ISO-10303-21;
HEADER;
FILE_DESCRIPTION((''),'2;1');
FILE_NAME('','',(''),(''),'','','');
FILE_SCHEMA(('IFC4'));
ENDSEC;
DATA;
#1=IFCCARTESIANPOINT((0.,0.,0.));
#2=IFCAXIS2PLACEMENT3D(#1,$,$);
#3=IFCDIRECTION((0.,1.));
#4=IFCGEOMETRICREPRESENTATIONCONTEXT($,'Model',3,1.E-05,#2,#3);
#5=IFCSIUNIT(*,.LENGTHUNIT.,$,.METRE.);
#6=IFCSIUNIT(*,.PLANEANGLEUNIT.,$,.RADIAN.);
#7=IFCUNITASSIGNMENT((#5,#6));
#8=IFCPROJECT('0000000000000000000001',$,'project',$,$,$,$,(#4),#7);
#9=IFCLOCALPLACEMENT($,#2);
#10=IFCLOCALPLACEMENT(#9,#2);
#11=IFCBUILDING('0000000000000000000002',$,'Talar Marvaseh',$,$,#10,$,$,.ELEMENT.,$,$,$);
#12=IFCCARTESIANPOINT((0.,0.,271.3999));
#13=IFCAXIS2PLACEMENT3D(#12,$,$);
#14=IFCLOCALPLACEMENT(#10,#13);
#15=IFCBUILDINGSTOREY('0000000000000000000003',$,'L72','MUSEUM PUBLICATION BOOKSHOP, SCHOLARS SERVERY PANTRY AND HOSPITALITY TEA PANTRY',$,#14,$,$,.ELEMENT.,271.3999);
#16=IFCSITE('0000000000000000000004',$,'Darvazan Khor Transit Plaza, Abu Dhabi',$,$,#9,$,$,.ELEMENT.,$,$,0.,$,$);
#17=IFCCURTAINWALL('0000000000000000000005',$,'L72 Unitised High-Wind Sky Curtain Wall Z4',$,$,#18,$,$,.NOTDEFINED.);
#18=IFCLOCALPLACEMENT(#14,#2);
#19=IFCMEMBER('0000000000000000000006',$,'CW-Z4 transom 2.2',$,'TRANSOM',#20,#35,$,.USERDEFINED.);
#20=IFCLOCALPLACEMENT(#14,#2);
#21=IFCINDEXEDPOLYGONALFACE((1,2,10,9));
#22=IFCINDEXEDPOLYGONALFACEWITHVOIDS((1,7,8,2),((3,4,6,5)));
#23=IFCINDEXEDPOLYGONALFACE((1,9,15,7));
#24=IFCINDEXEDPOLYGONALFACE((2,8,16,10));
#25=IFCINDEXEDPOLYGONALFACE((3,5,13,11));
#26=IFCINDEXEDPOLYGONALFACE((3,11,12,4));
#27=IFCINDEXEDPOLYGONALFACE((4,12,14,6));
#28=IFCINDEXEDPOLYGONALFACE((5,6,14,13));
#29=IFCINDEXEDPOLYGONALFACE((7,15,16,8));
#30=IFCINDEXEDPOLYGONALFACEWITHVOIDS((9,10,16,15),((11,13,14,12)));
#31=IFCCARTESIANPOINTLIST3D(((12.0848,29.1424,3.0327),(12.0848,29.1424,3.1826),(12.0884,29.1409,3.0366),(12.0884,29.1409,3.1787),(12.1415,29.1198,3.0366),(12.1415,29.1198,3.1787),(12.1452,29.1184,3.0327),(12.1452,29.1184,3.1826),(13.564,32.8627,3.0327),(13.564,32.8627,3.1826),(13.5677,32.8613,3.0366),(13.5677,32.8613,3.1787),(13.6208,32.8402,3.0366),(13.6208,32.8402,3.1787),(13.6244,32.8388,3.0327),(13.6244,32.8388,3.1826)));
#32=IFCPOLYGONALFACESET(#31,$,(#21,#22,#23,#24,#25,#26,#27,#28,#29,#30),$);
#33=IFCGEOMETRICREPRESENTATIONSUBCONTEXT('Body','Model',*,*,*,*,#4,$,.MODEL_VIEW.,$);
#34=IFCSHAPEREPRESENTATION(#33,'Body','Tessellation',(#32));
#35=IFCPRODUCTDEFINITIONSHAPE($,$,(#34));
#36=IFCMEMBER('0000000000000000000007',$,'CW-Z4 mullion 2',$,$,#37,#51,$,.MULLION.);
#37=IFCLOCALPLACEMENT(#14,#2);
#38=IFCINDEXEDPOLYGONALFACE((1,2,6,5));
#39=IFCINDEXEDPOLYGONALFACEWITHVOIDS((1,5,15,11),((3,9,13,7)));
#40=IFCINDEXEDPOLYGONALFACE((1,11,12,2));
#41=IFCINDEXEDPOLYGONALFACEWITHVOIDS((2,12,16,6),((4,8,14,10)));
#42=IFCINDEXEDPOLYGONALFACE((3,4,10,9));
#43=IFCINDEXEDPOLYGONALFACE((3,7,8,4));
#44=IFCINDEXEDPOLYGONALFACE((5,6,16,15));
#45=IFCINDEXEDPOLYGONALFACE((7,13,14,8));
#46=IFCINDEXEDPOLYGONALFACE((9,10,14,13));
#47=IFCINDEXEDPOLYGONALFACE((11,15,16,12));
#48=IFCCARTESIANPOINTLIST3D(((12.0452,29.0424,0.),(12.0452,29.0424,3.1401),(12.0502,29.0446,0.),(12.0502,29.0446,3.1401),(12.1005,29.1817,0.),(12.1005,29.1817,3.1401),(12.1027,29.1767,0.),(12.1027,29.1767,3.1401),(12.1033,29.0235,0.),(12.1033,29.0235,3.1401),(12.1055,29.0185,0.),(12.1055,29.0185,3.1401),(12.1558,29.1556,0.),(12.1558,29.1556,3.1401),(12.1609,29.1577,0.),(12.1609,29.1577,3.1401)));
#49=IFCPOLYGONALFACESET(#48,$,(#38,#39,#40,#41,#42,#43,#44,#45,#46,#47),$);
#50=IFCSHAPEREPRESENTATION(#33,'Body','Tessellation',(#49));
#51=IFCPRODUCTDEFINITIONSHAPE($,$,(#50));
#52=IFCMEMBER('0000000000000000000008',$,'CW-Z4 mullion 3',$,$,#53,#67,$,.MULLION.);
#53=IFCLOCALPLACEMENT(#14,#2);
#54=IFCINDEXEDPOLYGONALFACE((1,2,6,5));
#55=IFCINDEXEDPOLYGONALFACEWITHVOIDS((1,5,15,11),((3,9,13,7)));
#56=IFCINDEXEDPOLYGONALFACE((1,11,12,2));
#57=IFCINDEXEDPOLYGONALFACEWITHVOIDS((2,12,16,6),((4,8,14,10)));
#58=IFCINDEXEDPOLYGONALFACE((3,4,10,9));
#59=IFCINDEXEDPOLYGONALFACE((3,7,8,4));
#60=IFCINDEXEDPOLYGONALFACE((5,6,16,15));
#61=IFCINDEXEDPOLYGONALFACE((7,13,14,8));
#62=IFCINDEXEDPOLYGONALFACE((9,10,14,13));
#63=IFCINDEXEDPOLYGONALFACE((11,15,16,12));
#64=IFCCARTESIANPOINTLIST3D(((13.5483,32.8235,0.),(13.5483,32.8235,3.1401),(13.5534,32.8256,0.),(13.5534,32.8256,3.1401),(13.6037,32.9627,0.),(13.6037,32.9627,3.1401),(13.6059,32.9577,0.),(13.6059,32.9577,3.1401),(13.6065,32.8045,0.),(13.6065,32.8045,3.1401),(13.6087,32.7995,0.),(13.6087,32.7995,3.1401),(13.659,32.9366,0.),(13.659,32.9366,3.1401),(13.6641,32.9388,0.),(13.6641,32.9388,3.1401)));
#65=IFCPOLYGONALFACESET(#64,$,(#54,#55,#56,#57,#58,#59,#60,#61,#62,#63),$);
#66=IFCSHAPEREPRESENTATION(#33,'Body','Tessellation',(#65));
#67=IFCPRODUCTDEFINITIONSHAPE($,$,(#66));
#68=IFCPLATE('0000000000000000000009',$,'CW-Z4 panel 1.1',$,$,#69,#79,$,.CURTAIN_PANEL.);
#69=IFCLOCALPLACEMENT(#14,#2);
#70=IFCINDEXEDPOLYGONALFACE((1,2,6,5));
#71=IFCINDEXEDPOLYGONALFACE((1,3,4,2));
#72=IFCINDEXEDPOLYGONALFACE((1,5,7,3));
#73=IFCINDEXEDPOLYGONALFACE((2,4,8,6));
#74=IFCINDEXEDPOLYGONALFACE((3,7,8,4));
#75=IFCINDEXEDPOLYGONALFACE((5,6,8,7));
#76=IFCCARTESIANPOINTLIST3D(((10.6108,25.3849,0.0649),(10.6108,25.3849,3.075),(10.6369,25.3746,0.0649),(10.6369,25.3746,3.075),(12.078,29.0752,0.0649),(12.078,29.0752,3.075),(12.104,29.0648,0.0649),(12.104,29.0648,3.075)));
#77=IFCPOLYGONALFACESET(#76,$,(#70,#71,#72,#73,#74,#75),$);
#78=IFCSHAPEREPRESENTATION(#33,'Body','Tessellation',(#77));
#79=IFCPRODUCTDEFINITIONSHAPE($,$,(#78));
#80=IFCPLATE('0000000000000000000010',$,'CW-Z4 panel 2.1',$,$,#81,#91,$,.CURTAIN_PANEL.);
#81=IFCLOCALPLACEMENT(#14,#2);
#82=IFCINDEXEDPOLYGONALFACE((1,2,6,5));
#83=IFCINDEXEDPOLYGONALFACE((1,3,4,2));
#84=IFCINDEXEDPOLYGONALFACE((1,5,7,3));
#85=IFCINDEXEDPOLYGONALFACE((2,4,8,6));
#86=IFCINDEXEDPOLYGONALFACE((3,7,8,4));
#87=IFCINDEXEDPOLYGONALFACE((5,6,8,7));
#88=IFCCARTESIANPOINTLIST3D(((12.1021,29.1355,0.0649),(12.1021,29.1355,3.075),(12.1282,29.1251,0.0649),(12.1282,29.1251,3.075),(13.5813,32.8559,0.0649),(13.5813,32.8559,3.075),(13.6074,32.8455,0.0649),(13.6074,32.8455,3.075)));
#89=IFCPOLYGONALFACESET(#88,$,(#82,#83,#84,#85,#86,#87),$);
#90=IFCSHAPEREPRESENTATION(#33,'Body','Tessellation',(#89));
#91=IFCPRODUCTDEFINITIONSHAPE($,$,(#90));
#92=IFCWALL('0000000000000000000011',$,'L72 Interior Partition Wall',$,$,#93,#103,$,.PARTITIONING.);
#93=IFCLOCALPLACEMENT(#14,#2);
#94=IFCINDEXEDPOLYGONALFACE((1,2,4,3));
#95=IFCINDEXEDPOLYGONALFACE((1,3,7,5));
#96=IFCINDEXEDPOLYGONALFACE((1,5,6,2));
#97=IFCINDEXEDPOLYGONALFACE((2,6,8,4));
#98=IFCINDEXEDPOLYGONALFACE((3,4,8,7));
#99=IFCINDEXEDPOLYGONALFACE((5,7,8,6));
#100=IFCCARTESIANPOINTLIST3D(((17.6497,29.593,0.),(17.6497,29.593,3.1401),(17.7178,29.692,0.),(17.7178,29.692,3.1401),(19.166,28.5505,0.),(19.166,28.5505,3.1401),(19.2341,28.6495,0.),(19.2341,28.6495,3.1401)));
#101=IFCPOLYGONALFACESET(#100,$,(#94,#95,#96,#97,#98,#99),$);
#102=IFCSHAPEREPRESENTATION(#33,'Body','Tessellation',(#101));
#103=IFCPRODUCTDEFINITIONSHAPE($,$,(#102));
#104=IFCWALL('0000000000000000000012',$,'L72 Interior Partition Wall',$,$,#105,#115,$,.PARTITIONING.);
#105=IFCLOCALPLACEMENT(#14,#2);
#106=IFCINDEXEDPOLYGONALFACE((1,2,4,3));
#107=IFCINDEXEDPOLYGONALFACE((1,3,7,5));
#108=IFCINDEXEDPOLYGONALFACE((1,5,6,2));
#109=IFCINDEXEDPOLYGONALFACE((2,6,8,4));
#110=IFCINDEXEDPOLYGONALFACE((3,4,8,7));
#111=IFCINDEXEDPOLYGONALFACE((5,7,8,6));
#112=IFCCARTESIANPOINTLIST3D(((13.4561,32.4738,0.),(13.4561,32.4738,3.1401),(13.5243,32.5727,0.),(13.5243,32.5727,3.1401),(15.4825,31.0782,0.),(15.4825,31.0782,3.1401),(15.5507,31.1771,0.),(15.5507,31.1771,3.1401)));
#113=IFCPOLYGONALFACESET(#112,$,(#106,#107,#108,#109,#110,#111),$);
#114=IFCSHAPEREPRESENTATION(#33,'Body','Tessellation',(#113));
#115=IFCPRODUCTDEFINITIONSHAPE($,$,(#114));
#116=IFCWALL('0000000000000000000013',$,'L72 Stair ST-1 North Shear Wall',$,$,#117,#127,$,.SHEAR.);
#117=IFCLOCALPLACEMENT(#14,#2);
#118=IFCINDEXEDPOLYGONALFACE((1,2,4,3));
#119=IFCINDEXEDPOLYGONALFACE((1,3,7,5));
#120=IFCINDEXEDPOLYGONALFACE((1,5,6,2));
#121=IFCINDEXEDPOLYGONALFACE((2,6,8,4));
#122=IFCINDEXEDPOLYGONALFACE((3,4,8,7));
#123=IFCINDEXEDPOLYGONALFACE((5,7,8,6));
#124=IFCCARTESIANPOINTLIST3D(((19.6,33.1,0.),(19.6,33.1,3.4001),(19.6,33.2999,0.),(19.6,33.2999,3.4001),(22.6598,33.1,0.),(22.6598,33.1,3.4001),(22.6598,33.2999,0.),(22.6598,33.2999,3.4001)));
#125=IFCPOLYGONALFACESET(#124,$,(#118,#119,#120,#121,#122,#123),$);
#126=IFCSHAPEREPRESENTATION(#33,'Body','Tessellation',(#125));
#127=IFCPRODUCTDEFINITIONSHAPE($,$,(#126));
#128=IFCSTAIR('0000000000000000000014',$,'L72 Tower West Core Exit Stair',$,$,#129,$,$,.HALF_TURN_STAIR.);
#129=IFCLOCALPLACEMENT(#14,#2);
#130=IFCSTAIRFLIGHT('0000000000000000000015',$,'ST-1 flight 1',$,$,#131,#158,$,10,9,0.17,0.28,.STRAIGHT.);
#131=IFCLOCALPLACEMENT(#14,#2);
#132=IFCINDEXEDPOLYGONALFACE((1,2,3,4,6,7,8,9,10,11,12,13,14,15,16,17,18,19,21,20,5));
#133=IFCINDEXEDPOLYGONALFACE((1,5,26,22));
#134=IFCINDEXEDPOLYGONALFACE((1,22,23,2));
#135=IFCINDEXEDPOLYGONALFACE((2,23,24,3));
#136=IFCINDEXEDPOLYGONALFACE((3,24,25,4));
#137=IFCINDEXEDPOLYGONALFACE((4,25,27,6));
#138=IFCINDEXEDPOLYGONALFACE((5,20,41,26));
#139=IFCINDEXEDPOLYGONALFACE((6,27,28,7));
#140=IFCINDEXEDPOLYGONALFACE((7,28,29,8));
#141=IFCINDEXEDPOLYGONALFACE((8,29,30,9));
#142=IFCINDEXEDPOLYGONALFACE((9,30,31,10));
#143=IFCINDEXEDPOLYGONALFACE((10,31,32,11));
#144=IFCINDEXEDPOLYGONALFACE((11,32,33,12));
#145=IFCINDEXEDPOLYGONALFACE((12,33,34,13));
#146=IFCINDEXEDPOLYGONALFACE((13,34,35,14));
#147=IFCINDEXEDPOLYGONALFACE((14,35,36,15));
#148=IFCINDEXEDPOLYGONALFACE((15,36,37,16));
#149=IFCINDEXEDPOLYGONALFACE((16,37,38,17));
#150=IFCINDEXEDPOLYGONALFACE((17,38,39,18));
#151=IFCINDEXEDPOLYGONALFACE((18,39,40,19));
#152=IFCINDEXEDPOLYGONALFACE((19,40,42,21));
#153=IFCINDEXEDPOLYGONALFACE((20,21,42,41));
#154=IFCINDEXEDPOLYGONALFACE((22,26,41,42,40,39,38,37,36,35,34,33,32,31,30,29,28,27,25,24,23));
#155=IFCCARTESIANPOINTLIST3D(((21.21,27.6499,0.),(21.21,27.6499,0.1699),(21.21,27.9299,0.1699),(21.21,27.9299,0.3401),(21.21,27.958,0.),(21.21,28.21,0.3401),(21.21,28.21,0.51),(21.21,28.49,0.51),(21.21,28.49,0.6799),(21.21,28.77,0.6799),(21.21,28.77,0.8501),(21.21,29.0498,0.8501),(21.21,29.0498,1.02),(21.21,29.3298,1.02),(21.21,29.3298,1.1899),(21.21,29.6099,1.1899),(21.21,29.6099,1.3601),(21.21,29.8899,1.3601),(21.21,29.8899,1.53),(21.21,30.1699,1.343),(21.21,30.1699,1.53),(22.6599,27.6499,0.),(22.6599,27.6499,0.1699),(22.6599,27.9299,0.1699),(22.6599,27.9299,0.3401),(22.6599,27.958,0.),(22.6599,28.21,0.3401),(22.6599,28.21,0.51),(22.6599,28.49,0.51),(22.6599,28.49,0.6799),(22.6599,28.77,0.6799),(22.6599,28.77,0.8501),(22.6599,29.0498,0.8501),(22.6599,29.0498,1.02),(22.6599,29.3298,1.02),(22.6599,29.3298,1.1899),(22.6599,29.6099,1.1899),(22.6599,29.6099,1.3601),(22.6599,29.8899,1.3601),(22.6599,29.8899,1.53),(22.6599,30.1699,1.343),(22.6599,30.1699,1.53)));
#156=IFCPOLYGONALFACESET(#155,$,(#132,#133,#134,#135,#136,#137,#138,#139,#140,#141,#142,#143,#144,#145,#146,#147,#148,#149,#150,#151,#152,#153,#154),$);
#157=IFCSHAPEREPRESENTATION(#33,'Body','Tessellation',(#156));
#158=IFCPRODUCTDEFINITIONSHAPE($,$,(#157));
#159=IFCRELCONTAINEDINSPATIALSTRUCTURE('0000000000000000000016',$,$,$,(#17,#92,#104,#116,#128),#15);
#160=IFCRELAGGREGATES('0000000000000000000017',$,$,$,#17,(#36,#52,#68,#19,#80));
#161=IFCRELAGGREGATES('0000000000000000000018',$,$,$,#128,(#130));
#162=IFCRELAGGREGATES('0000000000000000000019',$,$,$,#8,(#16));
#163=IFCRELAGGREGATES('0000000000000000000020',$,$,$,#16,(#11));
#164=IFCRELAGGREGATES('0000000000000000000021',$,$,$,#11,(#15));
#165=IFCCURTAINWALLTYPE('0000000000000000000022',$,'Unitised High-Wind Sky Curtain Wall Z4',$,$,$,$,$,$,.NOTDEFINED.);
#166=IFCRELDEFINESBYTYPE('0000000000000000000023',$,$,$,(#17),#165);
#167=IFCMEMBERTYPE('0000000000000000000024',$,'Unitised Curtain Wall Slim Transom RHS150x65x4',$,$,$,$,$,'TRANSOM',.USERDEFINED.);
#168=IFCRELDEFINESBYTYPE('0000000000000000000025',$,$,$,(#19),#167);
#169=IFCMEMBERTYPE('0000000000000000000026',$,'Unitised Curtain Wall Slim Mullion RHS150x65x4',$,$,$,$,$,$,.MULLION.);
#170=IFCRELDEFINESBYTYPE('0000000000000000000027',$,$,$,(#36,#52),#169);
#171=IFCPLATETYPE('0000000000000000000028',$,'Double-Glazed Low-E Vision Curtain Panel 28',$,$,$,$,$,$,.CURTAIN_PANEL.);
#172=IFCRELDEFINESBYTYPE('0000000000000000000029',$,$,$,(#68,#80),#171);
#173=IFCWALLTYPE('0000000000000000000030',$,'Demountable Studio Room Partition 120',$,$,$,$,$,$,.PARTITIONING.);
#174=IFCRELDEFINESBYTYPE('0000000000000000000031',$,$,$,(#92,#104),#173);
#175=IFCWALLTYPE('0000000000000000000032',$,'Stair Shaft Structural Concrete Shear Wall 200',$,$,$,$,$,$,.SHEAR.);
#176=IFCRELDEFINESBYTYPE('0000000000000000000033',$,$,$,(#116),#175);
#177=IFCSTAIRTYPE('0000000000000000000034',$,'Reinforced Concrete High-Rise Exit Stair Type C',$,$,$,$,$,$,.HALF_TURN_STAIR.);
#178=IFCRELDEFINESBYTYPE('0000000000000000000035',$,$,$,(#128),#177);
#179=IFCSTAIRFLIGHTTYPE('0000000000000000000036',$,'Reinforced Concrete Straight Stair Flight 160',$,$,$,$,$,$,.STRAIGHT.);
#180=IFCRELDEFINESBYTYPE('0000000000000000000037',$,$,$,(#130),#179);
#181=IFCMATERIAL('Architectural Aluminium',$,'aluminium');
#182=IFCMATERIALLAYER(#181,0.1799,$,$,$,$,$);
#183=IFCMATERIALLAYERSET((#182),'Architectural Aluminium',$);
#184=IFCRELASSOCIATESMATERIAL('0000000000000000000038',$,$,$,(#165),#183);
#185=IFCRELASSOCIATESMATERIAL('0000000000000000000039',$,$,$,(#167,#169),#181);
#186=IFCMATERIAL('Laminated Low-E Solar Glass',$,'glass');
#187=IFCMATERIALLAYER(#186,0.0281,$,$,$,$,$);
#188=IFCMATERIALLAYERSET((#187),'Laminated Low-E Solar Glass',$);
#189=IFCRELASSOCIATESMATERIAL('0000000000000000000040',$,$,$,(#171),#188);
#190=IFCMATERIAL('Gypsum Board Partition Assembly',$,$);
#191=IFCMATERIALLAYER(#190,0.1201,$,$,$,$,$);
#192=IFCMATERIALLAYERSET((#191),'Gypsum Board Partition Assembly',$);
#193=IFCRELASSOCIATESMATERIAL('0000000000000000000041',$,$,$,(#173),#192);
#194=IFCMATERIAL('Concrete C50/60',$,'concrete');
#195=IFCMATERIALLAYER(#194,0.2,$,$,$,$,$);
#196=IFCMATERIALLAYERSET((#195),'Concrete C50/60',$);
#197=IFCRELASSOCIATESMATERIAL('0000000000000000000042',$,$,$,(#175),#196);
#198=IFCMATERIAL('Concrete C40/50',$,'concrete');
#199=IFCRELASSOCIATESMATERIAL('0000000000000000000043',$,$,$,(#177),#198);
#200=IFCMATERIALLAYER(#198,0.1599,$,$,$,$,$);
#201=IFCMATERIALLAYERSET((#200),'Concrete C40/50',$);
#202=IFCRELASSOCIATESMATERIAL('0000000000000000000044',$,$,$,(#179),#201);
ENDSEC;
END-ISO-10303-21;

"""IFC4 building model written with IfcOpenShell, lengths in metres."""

from ifc_helpers import new_model, si_unit, direction, frame, frame_2d, origin, origin_2d, place, context, subcontext, project, spatial, polyline, rectangle, hollow_rectangle, outline, extrude, source, transform, mapped, material, layer, layer_set, material_profile, profile_set, type_object, type_shapes, element, aggregate, save


model = new_model("IFC4")

# Units and contexts
model_context = context("Model", 3, precision=1e-05, world=origin(), true_north=direction((0.0, 1.0)))
body_context = subcontext(model_context, "Body", "Model", "MODEL_VIEW")
ifc_project = project(units=[si_unit("LENGTHUNIT", "METRE"), si_unit("PLANEANGLEUNIT", "RADIAN")], contexts=[model_context])

# Site, building, storey
site_placement = place(None, origin())
site = spatial("IfcSite", under=ifc_project, at=site_placement, Name="Darvazan Khor Transit Plaza, Abu Dhabi", CompositionType="ELEMENT", RefElevation=0.0)
building_placement = place(site_placement, origin())
building = spatial("IfcBuilding", under=site, at=building_placement, Name="Talar Marvaseh", CompositionType="ELEMENT")
storey_placement = place(building_placement, frame((0.0, 0.0, 271.3999)))
storey = spatial("IfcBuildingStorey", under=building, at=storey_placement, Name="L72", Description="MUSEUM PUBLICATION BOOKSHOP, SCHOLARS SERVERY PANTRY AND HOSPITALITY TEA PANTRY", CompositionType="ELEMENT", Elevation=271.3999)

# Shared definitions
ifc_material_1 = material(Name="Concrete C50/60", Category="concrete")

# Shared definitions
ifc_material_2 = material(Name="Concrete C40/50", Category="concrete")

# Curtain wall, members, plates
ifc_material_3 = material(Name="Architectural Aluminium", Category="aluminium")
ifc_layer_1 = layer(ifc_material_3, 0.1799)
ifc_layer_set_1 = layer_set([ifc_layer_1], Name="Architectural Aluminium")
curtain_wall_type = type_object("IfcCurtainWallType", Name="Unitised High-Wind Sky Curtain Wall Z4", PredefinedType="NOTDEFINED", material=ifc_layer_set_1)
curtain_wall_placement = place(storey_placement, origin())
curtain_wall = element("IfcCurtainWall", 1, at=curtain_wall_placement, inside=storey, type_object=curtain_wall_type, Name="L72 Unitised High-Wind Sky Curtain Wall Z4", PredefinedType="NOTDEFINED")
ifc_material_profile_1 = material_profile(ifc_material_3, hollow_rectangle(XDim=0.0649, YDim=0.1499, WallThickness=0.0039, at=origin_2d()), Name="RHS150x65x4")
ifc_profile_set_1 = profile_set([ifc_material_profile_1], Name="Architectural Aluminium")
member_type_1 = type_object("IfcMemberType", Name="Unitised Curtain Wall Slim Transom RHS150x65x4", ElementType="TRANSOM", PredefinedType="USERDEFINED", material=ifc_profile_set_1)
shared_shape_1 = source(origin(), body_context, "Body", "SweptSolid", [
    extrude(hollow_rectangle(XDim=0.0649, YDim=0.1499, WallThickness=0.0039, at=origin_2d()), origin(), (0.0, 0.0, 1.0), 4.0037),
])
member_1_placement = place(storey_placement, frame((12.115, 29.1304, 3.1077), z_axis=(0.369466, 0.929244, 0.0), x_axis=(-0.929244, 0.369466, 0.0)))
member_1 = element("IfcMember", 2, at=member_1_placement, type_object=member_type_1, Name="CW-Z4 transom 2.2", ObjectType="TRANSOM", PredefinedType="USERDEFINED", context=body_context, shape_type="MappedRepresentation", body=[
    mapped(shared_shape_1, transform((0.0, 0.0, 0.0), x_axis=(1.0, 0.0, 0.0), y_axis=(0.0, 1.0, 0.0), z_axis=(0.0, 0.0, 1.0), scale=1.0)),
])
ifc_material_profile_2 = material_profile(ifc_material_3, hollow_rectangle(XDim=0.0649, YDim=0.1499, WallThickness=0.0039, at=origin_2d()), Name="RHS150x65x4")
ifc_profile_set_2 = profile_set([ifc_material_profile_2], Name="Architectural Aluminium")
member_type_2 = type_object("IfcMemberType", Name="Unitised Curtain Wall Slim Mullion RHS150x65x4", PredefinedType="MULLION", material=ifc_profile_set_2)
shared_shape_2 = source(origin(), body_context, "Body", "SweptSolid", [
    extrude(hollow_rectangle(XDim=0.0649, YDim=0.1499, WallThickness=0.0039, at=origin_2d()), origin(), (0.0, 0.0, 1.0), 3.1401),
])
type_shapes(member_type_2, [shared_shape_2])
member_2_placement = place(storey_placement, frame((12.103, 29.1001, 0.0), z_axis=(0.0, 0.0, 1.0), x_axis=(-0.92925, 0.36945, 0.0)))
member_2 = element("IfcMember", 3, at=member_2_placement, type_object=member_type_2, Name="CW-Z4 mullion 2", PredefinedType="MULLION", context=body_context, shape_type="MappedRepresentation", body=[
    mapped(shared_shape_2, transform((0.0, 0.0, 0.0), x_axis=(1.0, 0.0, 0.0), y_axis=(0.0, 1.0, 0.0), z_axis=(0.0, 0.0, 1.0), scale=1.0)),
])
member_3_placement = place(storey_placement, frame((13.6062, 32.8811, 0.0), z_axis=(0.0, 0.0, 1.0), x_axis=(-0.92925, 0.36945, 0.0)))
member_3 = element("IfcMember", 4, at=member_3_placement, type_object=member_type_2, Name="CW-Z4 mullion 3", PredefinedType="MULLION", context=body_context, shape_type="MappedRepresentation", body=[
    mapped(shared_shape_2, transform((0.0, 0.0, 0.0), x_axis=(1.0, 0.0, 0.0), y_axis=(0.0, 1.0, 0.0), z_axis=(0.0, 0.0, 1.0), scale=1.0)),
])
ifc_material_4 = material(Name="Laminated Low-E Solar Glass", Category="glass")
ifc_layer_2 = layer(ifc_material_4, 0.0281)
ifc_layer_set_2 = layer_set([ifc_layer_2], Name="Laminated Low-E Solar Glass")
plate_type = type_object("IfcPlateType", Name="Double-Glazed Low-E Vision Curtain Panel 28", PredefinedType="CURTAIN_PANEL", material=ifc_layer_set_2)
shared_shape_3 = source(origin(), body_context, "Body", "SweptSolid", [
    extrude(rectangle(XDim=3.9712, YDim=0.0281, at=origin_2d()), origin(), (0.0, 0.0, 1.0), 3.01),
])
plate_1_placement = place(storey_placement, frame((11.3574, 27.2249, 0.0649), z_axis=(0.0, 0.0, 1.0), x_axis=(0.36945, 0.92925, 0.0)))
plate_1 = element("IfcPlate", 5, at=plate_1_placement, type_object=plate_type, Name="CW-Z4 panel 1.1", PredefinedType="CURTAIN_PANEL", context=body_context, shape_type="MappedRepresentation", body=[
    mapped(shared_shape_3, transform((0.0, 0.0, 0.0), x_axis=(1.0, 0.0, 0.0), y_axis=(0.0, 1.0, 0.0), z_axis=(0.0, 0.0, 1.0), scale=1.0)),
])
shared_shape_4 = source(origin(), body_context, "Body", "SweptSolid", [
    extrude(rectangle(XDim=4.0037, YDim=0.0281, at=origin_2d()), origin(), (0.0, 0.0, 1.0), 3.01),
])
type_shapes(plate_type, [shared_shape_3, shared_shape_4])
plate_2_placement = place(storey_placement, frame((12.8547, 30.9905, 0.0649), z_axis=(0.0, 0.0, 1.0), x_axis=(0.36945, 0.92925, 0.0)))
plate_2 = element("IfcPlate", 6, at=plate_2_placement, type_object=plate_type, Name="CW-Z4 panel 2.1", PredefinedType="CURTAIN_PANEL", context=body_context, shape_type="MappedRepresentation", body=[
    mapped(shared_shape_4, transform((0.0, 0.0, 0.0), x_axis=(1.0, 0.0, 0.0), y_axis=(0.0, 1.0, 0.0), z_axis=(0.0, 0.0, 1.0), scale=1.0)),
])
aggregate(curtain_wall, [member_2, member_3, plate_1, member_1, plate_2])

# Walls
ifc_material_5 = material(Name="Gypsum Board Partition Assembly")
ifc_layer_3 = layer(ifc_material_5, 0.1201)
ifc_layer_set_3 = layer_set([ifc_layer_3], Name="Gypsum Board Partition Assembly")
wall_type_1 = type_object("IfcWallType", Name="Demountable Studio Room Partition 120", PredefinedType="PARTITIONING", material=ifc_layer_set_3)
wall_1_placement = place(storey_placement, frame((19.2, 28.6001, 0.0), z_axis=(0.0, 0.0, 1.0), x_axis=(-0.824046, 0.566523, 0.0)))
element("IfcWall", 7, at=wall_1_placement, inside=storey, type_object=wall_type_1, Name="L72 Interior Partition Wall", PredefinedType="PARTITIONING", context=body_context, shape_type="SweptSolid", body=[
    extrude(rectangle(XDim=1.8401, YDim=0.1201, at=frame_2d((0.9199, 0.0))), origin(), (0.0, 0.0, 1.0), 3.1401),
])
wall_2_placement = place(storey_placement, frame((15.5166, 31.1277, 0.0), z_axis=(0.0, 0.0, 1.0), x_axis=(-0.82359, 0.567186, 0.0)))
element("IfcWall", 8, at=wall_2_placement, inside=storey, type_object=wall_type_1, Name="L72 Interior Partition Wall", PredefinedType="PARTITIONING", context=body_context, shape_type="SweptSolid", body=[
    extrude(rectangle(XDim=2.4604, YDim=0.1201, at=frame_2d((1.2302, 0.0))), origin(), (0.0, 0.0, 1.0), 3.1401),
])
ifc_layer_4 = layer(ifc_material_1, 0.2)
ifc_layer_set_4 = layer_set([ifc_layer_4], Name="Concrete C50/60")
wall_type_2 = type_object("IfcWallType", Name="Stair Shaft Structural Concrete Shear Wall 200", PredefinedType="SHEAR", material=ifc_layer_set_4)
wall_3_placement = place(storey_placement, frame((19.6001, 33.2, 0.0), z_axis=(0.0, 0.0, 1.0), x_axis=(1.0, 0.0, 0.0)))
element("IfcWall", 9, at=wall_3_placement, inside=storey, type_object=wall_type_2, Name="L72 Stair ST-1 North Shear Wall", PredefinedType="SHEAR", context=body_context, shape_type="SweptSolid", body=[
    extrude(rectangle(XDim=3.0598, YDim=0.2, at=frame_2d((1.5298, 0.0))), origin(), (0.0, 0.0, 1.0), 3.4001),
])

# Stair, stair flight
stair_type = type_object("IfcStairType", Name="Reinforced Concrete High-Rise Exit Stair Type C", PredefinedType="HALF_TURN_STAIR", material=ifc_material_2)
stair_placement = place(storey_placement, origin())
stair = element("IfcStair", 10, at=stair_placement, inside=storey, type_object=stair_type, Name="L72 Tower West Core Exit Stair", PredefinedType="HALF_TURN_STAIR")
ifc_layer_5 = layer(ifc_material_2, 0.1599)
ifc_layer_set_5 = layer_set([ifc_layer_5], Name="Concrete C40/50")
stair_flight_type = type_object("IfcStairFlightType", Name="Reinforced Concrete Straight Stair Flight 160", PredefinedType="STRAIGHT", material=ifc_layer_set_5)
stair_flight_1_placement = place(storey_placement, frame((21.9351, 27.6499, 0.0), z_axis=(0.0, 0.0, 1.0), x_axis=(0.0, 1.0, 0.0)))
stair_flight_1 = element("IfcStairFlight", 11, at=stair_flight_1_placement, type_object=stair_flight_type, Name="ST-1 flight 1", NumberOfRisers=10, NumberOfTreads=9, PredefinedType="STRAIGHT", RiserHeight=0.17, TreadLength=0.28, context=body_context, shape_type="SweptSolid", body=[
    extrude(outline(polyline([(0.0, 0.0), (0.0, 0.1699), (0.28, 0.1699), (0.28, 0.3401), (0.5601, 0.3401), (0.5601, 0.51), (0.8401, 0.51), (0.8401, 0.6799), (1.1201, 0.6799), (1.1201, 0.8501), (1.3999, 0.8501), (1.3999, 1.02), (1.6799, 1.02), (1.6799, 1.1899), (1.96, 1.1899), (1.96, 1.3601), (2.24, 1.3601), (2.24, 1.53), (2.52, 1.53), (2.52, 1.7), (2.52, 1.343), (0.3081, 0.0), (0.0, 0.0)])), frame((0.0, 0.7251, 0.0), z_axis=(0.0, -1.0, 0.0), x_axis=(1.0, 0.0, 0.0)), (0.0, 0.0, 1.0), 1.45),
])
aggregate(stair, [stair_flight_1])

save(model, "model.ifc")
